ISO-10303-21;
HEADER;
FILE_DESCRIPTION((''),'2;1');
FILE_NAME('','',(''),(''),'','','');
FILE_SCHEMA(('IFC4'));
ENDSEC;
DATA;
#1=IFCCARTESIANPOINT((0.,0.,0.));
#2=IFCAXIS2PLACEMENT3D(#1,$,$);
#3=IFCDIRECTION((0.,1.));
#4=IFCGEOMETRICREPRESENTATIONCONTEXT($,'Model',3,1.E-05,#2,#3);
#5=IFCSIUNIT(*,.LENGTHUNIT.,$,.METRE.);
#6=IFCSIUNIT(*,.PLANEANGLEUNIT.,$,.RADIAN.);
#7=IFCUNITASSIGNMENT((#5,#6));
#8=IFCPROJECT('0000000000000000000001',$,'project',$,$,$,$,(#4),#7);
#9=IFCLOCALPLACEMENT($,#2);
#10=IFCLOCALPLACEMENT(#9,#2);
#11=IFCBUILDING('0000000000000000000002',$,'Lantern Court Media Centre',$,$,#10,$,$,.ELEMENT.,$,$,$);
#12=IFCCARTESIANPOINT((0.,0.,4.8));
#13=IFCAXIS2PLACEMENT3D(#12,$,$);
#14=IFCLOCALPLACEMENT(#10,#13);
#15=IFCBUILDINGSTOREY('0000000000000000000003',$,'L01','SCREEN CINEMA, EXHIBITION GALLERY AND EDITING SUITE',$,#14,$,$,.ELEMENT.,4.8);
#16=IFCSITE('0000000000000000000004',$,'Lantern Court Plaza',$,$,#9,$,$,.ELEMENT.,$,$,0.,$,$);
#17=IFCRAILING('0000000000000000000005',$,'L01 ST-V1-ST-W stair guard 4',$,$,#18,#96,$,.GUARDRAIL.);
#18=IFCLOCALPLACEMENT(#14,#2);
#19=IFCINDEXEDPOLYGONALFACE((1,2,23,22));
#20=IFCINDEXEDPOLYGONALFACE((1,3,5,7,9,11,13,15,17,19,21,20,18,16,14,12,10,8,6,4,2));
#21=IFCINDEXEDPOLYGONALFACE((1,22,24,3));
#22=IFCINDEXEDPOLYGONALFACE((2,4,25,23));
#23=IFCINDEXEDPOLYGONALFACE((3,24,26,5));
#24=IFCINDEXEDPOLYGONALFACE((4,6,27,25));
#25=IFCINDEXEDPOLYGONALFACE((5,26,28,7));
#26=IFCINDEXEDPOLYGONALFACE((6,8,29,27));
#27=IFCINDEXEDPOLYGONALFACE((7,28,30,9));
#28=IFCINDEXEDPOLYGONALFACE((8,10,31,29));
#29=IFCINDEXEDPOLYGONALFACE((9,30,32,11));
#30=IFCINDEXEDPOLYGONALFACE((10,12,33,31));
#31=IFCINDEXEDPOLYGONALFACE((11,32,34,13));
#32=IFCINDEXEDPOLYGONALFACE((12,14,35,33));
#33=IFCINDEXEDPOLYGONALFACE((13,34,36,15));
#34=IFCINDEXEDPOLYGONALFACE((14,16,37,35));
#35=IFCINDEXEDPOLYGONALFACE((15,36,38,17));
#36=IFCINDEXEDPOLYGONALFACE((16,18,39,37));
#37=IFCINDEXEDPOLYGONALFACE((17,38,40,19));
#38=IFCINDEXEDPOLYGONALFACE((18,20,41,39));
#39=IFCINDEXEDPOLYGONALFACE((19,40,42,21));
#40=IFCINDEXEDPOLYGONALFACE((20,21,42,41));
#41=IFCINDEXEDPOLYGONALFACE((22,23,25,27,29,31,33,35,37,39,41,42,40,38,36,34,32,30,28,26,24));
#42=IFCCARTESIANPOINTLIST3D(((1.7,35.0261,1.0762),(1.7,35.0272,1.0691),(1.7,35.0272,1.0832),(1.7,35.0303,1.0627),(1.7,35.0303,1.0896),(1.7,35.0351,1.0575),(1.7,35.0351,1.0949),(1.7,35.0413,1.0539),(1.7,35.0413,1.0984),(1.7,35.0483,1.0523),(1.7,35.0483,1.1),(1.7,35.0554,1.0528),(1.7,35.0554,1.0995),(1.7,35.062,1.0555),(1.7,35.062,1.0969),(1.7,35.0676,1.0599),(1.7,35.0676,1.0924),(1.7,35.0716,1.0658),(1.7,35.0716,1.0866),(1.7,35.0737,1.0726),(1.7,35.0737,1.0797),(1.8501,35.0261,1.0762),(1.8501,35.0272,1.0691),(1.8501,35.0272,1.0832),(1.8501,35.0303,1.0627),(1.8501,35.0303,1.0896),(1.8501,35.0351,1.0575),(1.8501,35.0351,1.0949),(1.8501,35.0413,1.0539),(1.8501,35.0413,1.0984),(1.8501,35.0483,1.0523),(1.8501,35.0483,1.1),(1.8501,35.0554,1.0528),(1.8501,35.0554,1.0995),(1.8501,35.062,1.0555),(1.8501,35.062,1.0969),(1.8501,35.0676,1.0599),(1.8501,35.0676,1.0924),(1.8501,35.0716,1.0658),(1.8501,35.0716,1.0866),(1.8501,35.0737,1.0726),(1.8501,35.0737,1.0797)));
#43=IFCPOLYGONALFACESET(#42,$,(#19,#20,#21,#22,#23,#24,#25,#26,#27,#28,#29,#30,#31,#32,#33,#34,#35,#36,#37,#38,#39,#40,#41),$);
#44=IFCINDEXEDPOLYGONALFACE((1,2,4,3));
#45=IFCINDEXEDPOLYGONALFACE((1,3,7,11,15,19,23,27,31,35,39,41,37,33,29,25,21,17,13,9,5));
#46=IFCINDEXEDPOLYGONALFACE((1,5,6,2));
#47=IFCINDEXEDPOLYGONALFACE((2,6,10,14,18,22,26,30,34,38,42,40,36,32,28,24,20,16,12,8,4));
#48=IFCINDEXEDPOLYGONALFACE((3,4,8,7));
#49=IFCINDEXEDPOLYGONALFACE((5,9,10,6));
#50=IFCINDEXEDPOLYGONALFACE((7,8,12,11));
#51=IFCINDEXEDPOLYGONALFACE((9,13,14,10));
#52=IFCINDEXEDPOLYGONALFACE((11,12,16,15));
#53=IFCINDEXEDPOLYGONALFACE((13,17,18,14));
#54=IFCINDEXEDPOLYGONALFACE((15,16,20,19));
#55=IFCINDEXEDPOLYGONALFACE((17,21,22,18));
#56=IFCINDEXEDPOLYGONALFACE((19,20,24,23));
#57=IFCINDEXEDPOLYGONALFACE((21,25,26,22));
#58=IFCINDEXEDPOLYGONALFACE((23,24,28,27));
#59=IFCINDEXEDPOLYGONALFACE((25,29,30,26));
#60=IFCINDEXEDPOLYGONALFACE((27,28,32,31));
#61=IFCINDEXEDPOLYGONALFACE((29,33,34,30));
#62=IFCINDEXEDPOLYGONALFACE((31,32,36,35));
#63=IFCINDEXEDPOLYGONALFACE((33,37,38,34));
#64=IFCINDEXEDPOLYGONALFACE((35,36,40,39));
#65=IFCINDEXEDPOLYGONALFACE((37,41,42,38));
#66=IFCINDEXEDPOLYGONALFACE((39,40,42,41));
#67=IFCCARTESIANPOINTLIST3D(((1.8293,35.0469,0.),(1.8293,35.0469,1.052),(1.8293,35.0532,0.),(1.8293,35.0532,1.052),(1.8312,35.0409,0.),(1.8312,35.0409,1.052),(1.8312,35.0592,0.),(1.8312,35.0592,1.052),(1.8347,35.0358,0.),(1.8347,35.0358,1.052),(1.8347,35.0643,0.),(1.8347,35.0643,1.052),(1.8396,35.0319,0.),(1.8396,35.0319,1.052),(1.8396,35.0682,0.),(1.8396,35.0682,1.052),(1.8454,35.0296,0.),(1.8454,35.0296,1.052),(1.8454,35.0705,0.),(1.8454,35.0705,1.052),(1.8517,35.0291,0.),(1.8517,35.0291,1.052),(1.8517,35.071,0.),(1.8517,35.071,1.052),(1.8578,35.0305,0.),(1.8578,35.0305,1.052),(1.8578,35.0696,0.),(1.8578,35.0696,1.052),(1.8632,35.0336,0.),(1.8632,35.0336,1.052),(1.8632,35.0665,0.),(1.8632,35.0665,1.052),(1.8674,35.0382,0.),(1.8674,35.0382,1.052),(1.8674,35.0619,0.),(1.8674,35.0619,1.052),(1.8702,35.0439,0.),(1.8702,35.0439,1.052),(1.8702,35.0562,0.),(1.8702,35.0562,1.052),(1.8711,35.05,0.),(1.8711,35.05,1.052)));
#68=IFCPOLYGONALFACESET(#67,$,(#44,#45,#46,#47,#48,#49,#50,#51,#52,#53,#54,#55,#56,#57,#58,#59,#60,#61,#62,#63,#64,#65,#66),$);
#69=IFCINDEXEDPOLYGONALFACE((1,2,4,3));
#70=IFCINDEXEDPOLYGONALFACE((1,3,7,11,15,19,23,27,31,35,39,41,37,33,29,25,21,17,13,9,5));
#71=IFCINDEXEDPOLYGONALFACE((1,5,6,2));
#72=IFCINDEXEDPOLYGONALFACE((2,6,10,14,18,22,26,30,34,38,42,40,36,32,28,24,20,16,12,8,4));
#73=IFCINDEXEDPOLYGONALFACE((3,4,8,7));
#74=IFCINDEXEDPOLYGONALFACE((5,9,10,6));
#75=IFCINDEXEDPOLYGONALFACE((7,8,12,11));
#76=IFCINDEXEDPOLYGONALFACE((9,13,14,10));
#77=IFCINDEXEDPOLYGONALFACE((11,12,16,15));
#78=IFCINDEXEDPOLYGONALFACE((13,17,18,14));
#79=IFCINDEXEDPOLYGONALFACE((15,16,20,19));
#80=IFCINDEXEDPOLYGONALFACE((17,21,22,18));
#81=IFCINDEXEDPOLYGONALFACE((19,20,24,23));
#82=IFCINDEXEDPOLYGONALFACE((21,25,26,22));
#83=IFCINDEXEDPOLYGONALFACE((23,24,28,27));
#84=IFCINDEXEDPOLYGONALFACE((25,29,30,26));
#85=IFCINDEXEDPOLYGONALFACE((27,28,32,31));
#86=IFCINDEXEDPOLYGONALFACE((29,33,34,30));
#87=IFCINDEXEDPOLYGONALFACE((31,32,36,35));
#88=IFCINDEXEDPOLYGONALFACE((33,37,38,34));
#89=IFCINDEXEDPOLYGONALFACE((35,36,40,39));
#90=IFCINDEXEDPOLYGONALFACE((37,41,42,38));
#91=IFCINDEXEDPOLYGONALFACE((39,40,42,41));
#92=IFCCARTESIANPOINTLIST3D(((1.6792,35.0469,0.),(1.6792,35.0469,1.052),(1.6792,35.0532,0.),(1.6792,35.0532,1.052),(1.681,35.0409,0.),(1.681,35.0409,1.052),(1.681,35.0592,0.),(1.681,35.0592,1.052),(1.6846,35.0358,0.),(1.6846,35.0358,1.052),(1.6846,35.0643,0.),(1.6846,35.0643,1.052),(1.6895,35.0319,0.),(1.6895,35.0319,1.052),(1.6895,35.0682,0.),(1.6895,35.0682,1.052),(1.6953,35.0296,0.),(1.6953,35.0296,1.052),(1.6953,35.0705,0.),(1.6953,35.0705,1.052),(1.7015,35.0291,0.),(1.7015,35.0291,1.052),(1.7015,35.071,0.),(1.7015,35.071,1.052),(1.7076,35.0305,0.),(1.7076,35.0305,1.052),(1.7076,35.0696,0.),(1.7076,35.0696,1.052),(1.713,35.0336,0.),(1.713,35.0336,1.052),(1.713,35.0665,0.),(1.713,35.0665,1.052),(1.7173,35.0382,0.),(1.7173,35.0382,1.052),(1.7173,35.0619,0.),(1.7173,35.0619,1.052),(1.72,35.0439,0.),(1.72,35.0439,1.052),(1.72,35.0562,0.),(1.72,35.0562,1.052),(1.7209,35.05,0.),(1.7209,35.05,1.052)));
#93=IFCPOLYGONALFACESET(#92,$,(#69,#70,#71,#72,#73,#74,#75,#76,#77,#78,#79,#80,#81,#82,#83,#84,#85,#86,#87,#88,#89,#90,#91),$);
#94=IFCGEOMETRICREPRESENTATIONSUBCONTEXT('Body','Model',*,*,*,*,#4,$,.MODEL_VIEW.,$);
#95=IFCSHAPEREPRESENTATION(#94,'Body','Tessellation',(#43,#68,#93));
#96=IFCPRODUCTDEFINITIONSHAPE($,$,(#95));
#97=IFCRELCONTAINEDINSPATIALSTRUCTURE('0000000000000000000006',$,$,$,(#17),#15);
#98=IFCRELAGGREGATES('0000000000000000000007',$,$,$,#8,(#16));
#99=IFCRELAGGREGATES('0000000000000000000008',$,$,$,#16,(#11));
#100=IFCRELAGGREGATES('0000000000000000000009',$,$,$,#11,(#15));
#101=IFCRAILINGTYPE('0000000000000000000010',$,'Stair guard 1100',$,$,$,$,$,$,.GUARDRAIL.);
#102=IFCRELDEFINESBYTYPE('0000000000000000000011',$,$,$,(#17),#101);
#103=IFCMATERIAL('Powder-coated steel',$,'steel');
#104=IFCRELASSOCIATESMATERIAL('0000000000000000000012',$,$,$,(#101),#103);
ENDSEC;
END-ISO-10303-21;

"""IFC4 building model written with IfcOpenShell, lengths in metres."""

from ifc_helpers import new_model, si_unit, direction, frame, origin, origin_2d, place, context, subcontext, project, spatial, circle, extrude, material, type_object, element, save


model = new_model("IFC4")

# Units and contexts
model_context = context("Model", 3, precision=1e-05, world=origin(), true_north=direction((0.0, 1.0)))
body_context = subcontext(model_context, "Body", "Model", "MODEL_VIEW")
ifc_project = project(units=[si_unit("LENGTHUNIT", "METRE"), si_unit("PLANEANGLEUNIT", "RADIAN")], contexts=[model_context])

# Site, building, storey
site_placement = place(None, origin())
site = spatial("IfcSite", under=ifc_project, at=site_placement, Name="Lantern Court Plaza", CompositionType="ELEMENT", RefElevation=0.0)
building_placement = place(site_placement, origin())
building = spatial("IfcBuilding", under=site, at=building_placement, Name="Lantern Court Media Centre", CompositionType="ELEMENT")
storey_placement = place(building_placement, frame((0.0, 0.0, 4.8)))
storey = spatial("IfcBuildingStorey", under=building, at=storey_placement, Name="L01", Description="SCREEN CINEMA, EXHIBITION GALLERY AND EDITING SUITE", CompositionType="ELEMENT", Elevation=4.8)

# Railing
ifc_material_1 = material(Name="Powder-coated steel", Category="steel")
railing_type_1 = type_object("IfcRailingType", Name="Stair guard 1100", PredefinedType="GUARDRAIL", material=ifc_material_1)
railing_1_placement = place(storey_placement, frame((1.8501, 35.05, 0.0)))
element("IfcRailing", 1, at=railing_1_placement, inside=storey, type_object=railing_type_1, Name="L01 ST-V1-ST-W stair guard 4", PredefinedType="GUARDRAIL", context=body_context, shape_type="SweptSolid", body=[
    extrude(circle(Radius=0.0239, at=origin_2d()), frame((0.0, 0.0, 1.0762), z_axis=(-1.0, 0.0, 0.0), x_axis=(0.0, -1.0, 0.0)), (0.0, 0.0, 1.0), 0.1501),
    extrude(circle(Radius=0.021, at=origin_2d()), origin(), (0.0, 0.0, 1.0), 1.052),
    extrude(circle(Radius=0.021, at=origin_2d()), frame((-0.1501, 0.0, 0.0)), (0.0, 0.0, 1.0), 1.052),
])

save(model, "model.ifc")
